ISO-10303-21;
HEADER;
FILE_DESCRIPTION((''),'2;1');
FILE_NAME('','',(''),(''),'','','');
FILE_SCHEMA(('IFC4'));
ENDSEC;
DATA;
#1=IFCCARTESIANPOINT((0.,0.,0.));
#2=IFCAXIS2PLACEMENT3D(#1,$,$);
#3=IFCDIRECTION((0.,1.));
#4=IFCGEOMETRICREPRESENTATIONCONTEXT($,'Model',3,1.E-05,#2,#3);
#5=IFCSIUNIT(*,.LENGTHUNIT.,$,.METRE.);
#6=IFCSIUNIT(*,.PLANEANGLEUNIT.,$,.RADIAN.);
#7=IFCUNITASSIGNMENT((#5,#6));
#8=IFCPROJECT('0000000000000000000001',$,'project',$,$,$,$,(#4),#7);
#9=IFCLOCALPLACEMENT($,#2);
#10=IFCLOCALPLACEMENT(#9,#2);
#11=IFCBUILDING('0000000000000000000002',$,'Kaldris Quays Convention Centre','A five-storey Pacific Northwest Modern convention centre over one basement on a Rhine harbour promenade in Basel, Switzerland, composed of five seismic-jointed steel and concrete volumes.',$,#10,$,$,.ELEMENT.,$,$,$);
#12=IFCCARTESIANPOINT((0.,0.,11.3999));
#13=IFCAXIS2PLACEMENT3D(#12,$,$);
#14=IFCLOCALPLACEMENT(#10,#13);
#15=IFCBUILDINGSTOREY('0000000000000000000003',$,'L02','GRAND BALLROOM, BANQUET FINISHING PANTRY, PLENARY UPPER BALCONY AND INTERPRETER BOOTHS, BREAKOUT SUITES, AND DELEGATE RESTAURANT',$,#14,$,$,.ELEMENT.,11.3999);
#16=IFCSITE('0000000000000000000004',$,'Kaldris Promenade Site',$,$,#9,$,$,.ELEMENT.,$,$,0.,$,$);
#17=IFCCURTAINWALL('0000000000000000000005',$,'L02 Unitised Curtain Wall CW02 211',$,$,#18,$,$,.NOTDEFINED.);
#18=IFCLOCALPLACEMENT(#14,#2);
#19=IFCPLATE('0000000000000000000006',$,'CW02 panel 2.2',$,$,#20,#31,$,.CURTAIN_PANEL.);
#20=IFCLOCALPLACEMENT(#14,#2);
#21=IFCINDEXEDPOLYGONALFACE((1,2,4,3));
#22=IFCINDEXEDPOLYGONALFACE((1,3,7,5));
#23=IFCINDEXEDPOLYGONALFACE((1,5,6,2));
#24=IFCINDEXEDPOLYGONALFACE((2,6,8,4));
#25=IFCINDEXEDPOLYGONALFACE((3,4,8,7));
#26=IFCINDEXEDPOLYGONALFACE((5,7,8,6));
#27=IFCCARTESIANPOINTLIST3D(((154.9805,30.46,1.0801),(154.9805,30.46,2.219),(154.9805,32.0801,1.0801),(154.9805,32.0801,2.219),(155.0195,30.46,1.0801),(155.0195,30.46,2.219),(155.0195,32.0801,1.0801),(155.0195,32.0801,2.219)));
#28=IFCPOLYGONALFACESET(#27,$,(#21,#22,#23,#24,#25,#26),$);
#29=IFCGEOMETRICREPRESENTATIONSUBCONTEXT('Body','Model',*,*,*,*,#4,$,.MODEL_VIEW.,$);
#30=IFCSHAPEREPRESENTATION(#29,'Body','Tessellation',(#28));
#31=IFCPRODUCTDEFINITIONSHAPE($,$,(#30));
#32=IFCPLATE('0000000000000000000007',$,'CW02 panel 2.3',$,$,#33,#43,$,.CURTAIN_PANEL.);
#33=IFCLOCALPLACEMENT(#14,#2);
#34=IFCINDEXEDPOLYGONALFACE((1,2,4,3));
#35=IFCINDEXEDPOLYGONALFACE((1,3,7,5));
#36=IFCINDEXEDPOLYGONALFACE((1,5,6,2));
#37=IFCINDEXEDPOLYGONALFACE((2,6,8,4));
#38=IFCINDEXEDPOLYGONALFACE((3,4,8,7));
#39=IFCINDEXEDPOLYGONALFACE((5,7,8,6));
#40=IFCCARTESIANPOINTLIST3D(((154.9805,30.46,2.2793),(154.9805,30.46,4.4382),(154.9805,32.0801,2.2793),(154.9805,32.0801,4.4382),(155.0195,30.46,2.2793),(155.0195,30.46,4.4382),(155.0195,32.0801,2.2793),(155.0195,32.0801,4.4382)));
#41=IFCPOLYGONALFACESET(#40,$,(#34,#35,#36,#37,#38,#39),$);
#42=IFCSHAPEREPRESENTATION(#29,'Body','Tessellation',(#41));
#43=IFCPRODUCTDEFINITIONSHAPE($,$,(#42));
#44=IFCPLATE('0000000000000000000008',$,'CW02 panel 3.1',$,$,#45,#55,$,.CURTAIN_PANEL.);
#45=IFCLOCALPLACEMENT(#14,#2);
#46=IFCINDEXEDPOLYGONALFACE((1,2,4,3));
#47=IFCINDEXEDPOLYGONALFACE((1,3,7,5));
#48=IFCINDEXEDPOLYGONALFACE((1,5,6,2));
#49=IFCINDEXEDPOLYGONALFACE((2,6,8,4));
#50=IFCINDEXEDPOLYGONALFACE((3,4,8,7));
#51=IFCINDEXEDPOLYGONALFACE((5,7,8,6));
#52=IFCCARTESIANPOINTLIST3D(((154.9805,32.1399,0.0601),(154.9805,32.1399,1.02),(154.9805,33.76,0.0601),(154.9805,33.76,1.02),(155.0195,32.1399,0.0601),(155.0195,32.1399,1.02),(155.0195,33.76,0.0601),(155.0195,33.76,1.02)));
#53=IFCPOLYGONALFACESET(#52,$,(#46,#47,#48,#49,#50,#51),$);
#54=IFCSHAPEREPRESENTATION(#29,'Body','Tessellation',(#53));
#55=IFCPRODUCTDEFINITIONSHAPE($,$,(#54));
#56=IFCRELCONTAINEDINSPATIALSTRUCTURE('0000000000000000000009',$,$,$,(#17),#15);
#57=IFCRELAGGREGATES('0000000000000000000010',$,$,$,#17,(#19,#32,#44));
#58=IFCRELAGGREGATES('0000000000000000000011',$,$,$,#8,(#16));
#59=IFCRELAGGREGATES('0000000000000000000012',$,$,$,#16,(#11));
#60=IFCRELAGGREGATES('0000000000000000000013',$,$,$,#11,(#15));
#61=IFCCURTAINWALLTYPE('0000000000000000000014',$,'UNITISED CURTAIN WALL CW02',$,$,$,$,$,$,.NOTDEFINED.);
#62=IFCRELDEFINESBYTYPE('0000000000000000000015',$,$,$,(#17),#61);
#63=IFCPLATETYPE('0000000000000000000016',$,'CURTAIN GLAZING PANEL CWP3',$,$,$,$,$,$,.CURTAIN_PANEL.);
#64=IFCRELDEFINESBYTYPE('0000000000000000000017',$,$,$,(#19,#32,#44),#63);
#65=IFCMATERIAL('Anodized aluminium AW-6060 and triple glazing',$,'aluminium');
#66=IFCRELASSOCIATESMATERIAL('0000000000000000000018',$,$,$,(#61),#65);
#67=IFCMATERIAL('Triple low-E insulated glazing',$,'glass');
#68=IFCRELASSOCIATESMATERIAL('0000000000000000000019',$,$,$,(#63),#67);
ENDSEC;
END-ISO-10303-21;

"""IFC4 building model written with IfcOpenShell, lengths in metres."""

from ifc_helpers import new_model, si_unit, direction, frame, origin, origin_2d, place, context, subcontext, project, spatial, rectangle, extrude, material, type_object, element, aggregate, save


model = new_model("IFC4")

# Units and contexts
model_context = context("Model", 3, precision=1e-05, world=origin(), true_north=direction((0.0, 1.0)))
body_context = subcontext(model_context, "Body", "Model", "MODEL_VIEW")
ifc_project = project(units=[si_unit("LENGTHUNIT", "METRE"), si_unit("PLANEANGLEUNIT", "RADIAN")], contexts=[model_context])

# Site, building, storey
site_placement = place(None, origin())
site = spatial("IfcSite", under=ifc_project, at=site_placement, Name="Kaldris Promenade Site", CompositionType="ELEMENT", RefElevation=0.0)
building_placement = place(site_placement, origin())
building = spatial("IfcBuilding", under=site, at=building_placement, Name="Kaldris Quays Convention Centre", Description="A five-storey Pacific Northwest Modern convention centre over one basement on a Rhine harbour promenade in Basel, Switzerland, composed of five seismic-jointed steel and concrete volumes.", CompositionType="ELEMENT")
storey_placement = place(building_placement, frame((0.0, 0.0, 11.3999)))
storey = spatial("IfcBuildingStorey", under=building, at=storey_placement, Name="L02", Description="GRAND BALLROOM, BANQUET FINISHING PANTRY, PLENARY UPPER BALCONY AND INTERPRETER BOOTHS, BREAKOUT SUITES, AND DELEGATE RESTAURANT", CompositionType="ELEMENT", Elevation=11.3999)

# Curtain wall
ifc_material_1 = material(Name="Anodized aluminium AW-6060 and triple glazing", Category="aluminium")
curtain_wall_type = type_object("IfcCurtainWallType", Name="UNITISED CURTAIN WALL CW02", PredefinedType="NOTDEFINED", material=ifc_material_1)
curtain_wall_1_placement = place(storey_placement, origin())
curtain_wall_1 = element("IfcCurtainWall", 1, at=curtain_wall_1_placement, inside=storey, type_object=curtain_wall_type, Name="L02 Unitised Curtain Wall CW02 211", PredefinedType="NOTDEFINED")

# Plates
ifc_material_2 = material(Name="Triple low-E insulated glazing", Category="glass")
plate_type_1 = type_object("IfcPlateType", Name="CURTAIN GLAZING PANEL CWP3", PredefinedType="CURTAIN_PANEL", material=ifc_material_2)
plate_1_placement = place(storey_placement, frame((155.0, 31.27, 1.0801), z_axis=(0.0, 0.0, 1.0), x_axis=(0.0, 1.0, 0.0)))
plate_1 = element("IfcPlate", 2, at=plate_1_placement, type_object=plate_type_1, Name="CW02 panel 2.2", PredefinedType="CURTAIN_PANEL", context=body_context, shape_type="SweptSolid", body=[
    extrude(rectangle(XDim=1.6201, YDim=0.0391, at=origin_2d()), origin(), (0.0, 0.0, 1.0), 1.1389),
])
plate_2_placement = place(storey_placement, frame((155.0, 31.27, 2.2793), z_axis=(0.0, 0.0, 1.0), x_axis=(0.0, 1.0, 0.0)))
plate_2 = element("IfcPlate", 3, at=plate_2_placement, type_object=plate_type_1, Name="CW02 panel 2.3", PredefinedType="CURTAIN_PANEL", context=body_context, shape_type="SweptSolid", body=[
    extrude(rectangle(XDim=1.6201, YDim=0.0391, at=origin_2d()), origin(), (0.0, 0.0, 1.0), 2.1589),
])
plate_3_placement = place(storey_placement, frame((155.0, 32.95, 0.0601), z_axis=(0.0, 0.0, 1.0), x_axis=(0.0, 1.0, 0.0)))
plate_3 = element("IfcPlate", 4, at=plate_3_placement, type_object=plate_type_1, Name="CW02 panel 3.1", PredefinedType="CURTAIN_PANEL", context=body_context, shape_type="SweptSolid", body=[
    extrude(rectangle(XDim=1.6201, YDim=0.0391, at=origin_2d()), origin(), (0.0, 0.0, 1.0), 0.96),
])
aggregate(curtain_wall_1, [plate_1, plate_2, plate_3])

save(model, "model.ifc")
